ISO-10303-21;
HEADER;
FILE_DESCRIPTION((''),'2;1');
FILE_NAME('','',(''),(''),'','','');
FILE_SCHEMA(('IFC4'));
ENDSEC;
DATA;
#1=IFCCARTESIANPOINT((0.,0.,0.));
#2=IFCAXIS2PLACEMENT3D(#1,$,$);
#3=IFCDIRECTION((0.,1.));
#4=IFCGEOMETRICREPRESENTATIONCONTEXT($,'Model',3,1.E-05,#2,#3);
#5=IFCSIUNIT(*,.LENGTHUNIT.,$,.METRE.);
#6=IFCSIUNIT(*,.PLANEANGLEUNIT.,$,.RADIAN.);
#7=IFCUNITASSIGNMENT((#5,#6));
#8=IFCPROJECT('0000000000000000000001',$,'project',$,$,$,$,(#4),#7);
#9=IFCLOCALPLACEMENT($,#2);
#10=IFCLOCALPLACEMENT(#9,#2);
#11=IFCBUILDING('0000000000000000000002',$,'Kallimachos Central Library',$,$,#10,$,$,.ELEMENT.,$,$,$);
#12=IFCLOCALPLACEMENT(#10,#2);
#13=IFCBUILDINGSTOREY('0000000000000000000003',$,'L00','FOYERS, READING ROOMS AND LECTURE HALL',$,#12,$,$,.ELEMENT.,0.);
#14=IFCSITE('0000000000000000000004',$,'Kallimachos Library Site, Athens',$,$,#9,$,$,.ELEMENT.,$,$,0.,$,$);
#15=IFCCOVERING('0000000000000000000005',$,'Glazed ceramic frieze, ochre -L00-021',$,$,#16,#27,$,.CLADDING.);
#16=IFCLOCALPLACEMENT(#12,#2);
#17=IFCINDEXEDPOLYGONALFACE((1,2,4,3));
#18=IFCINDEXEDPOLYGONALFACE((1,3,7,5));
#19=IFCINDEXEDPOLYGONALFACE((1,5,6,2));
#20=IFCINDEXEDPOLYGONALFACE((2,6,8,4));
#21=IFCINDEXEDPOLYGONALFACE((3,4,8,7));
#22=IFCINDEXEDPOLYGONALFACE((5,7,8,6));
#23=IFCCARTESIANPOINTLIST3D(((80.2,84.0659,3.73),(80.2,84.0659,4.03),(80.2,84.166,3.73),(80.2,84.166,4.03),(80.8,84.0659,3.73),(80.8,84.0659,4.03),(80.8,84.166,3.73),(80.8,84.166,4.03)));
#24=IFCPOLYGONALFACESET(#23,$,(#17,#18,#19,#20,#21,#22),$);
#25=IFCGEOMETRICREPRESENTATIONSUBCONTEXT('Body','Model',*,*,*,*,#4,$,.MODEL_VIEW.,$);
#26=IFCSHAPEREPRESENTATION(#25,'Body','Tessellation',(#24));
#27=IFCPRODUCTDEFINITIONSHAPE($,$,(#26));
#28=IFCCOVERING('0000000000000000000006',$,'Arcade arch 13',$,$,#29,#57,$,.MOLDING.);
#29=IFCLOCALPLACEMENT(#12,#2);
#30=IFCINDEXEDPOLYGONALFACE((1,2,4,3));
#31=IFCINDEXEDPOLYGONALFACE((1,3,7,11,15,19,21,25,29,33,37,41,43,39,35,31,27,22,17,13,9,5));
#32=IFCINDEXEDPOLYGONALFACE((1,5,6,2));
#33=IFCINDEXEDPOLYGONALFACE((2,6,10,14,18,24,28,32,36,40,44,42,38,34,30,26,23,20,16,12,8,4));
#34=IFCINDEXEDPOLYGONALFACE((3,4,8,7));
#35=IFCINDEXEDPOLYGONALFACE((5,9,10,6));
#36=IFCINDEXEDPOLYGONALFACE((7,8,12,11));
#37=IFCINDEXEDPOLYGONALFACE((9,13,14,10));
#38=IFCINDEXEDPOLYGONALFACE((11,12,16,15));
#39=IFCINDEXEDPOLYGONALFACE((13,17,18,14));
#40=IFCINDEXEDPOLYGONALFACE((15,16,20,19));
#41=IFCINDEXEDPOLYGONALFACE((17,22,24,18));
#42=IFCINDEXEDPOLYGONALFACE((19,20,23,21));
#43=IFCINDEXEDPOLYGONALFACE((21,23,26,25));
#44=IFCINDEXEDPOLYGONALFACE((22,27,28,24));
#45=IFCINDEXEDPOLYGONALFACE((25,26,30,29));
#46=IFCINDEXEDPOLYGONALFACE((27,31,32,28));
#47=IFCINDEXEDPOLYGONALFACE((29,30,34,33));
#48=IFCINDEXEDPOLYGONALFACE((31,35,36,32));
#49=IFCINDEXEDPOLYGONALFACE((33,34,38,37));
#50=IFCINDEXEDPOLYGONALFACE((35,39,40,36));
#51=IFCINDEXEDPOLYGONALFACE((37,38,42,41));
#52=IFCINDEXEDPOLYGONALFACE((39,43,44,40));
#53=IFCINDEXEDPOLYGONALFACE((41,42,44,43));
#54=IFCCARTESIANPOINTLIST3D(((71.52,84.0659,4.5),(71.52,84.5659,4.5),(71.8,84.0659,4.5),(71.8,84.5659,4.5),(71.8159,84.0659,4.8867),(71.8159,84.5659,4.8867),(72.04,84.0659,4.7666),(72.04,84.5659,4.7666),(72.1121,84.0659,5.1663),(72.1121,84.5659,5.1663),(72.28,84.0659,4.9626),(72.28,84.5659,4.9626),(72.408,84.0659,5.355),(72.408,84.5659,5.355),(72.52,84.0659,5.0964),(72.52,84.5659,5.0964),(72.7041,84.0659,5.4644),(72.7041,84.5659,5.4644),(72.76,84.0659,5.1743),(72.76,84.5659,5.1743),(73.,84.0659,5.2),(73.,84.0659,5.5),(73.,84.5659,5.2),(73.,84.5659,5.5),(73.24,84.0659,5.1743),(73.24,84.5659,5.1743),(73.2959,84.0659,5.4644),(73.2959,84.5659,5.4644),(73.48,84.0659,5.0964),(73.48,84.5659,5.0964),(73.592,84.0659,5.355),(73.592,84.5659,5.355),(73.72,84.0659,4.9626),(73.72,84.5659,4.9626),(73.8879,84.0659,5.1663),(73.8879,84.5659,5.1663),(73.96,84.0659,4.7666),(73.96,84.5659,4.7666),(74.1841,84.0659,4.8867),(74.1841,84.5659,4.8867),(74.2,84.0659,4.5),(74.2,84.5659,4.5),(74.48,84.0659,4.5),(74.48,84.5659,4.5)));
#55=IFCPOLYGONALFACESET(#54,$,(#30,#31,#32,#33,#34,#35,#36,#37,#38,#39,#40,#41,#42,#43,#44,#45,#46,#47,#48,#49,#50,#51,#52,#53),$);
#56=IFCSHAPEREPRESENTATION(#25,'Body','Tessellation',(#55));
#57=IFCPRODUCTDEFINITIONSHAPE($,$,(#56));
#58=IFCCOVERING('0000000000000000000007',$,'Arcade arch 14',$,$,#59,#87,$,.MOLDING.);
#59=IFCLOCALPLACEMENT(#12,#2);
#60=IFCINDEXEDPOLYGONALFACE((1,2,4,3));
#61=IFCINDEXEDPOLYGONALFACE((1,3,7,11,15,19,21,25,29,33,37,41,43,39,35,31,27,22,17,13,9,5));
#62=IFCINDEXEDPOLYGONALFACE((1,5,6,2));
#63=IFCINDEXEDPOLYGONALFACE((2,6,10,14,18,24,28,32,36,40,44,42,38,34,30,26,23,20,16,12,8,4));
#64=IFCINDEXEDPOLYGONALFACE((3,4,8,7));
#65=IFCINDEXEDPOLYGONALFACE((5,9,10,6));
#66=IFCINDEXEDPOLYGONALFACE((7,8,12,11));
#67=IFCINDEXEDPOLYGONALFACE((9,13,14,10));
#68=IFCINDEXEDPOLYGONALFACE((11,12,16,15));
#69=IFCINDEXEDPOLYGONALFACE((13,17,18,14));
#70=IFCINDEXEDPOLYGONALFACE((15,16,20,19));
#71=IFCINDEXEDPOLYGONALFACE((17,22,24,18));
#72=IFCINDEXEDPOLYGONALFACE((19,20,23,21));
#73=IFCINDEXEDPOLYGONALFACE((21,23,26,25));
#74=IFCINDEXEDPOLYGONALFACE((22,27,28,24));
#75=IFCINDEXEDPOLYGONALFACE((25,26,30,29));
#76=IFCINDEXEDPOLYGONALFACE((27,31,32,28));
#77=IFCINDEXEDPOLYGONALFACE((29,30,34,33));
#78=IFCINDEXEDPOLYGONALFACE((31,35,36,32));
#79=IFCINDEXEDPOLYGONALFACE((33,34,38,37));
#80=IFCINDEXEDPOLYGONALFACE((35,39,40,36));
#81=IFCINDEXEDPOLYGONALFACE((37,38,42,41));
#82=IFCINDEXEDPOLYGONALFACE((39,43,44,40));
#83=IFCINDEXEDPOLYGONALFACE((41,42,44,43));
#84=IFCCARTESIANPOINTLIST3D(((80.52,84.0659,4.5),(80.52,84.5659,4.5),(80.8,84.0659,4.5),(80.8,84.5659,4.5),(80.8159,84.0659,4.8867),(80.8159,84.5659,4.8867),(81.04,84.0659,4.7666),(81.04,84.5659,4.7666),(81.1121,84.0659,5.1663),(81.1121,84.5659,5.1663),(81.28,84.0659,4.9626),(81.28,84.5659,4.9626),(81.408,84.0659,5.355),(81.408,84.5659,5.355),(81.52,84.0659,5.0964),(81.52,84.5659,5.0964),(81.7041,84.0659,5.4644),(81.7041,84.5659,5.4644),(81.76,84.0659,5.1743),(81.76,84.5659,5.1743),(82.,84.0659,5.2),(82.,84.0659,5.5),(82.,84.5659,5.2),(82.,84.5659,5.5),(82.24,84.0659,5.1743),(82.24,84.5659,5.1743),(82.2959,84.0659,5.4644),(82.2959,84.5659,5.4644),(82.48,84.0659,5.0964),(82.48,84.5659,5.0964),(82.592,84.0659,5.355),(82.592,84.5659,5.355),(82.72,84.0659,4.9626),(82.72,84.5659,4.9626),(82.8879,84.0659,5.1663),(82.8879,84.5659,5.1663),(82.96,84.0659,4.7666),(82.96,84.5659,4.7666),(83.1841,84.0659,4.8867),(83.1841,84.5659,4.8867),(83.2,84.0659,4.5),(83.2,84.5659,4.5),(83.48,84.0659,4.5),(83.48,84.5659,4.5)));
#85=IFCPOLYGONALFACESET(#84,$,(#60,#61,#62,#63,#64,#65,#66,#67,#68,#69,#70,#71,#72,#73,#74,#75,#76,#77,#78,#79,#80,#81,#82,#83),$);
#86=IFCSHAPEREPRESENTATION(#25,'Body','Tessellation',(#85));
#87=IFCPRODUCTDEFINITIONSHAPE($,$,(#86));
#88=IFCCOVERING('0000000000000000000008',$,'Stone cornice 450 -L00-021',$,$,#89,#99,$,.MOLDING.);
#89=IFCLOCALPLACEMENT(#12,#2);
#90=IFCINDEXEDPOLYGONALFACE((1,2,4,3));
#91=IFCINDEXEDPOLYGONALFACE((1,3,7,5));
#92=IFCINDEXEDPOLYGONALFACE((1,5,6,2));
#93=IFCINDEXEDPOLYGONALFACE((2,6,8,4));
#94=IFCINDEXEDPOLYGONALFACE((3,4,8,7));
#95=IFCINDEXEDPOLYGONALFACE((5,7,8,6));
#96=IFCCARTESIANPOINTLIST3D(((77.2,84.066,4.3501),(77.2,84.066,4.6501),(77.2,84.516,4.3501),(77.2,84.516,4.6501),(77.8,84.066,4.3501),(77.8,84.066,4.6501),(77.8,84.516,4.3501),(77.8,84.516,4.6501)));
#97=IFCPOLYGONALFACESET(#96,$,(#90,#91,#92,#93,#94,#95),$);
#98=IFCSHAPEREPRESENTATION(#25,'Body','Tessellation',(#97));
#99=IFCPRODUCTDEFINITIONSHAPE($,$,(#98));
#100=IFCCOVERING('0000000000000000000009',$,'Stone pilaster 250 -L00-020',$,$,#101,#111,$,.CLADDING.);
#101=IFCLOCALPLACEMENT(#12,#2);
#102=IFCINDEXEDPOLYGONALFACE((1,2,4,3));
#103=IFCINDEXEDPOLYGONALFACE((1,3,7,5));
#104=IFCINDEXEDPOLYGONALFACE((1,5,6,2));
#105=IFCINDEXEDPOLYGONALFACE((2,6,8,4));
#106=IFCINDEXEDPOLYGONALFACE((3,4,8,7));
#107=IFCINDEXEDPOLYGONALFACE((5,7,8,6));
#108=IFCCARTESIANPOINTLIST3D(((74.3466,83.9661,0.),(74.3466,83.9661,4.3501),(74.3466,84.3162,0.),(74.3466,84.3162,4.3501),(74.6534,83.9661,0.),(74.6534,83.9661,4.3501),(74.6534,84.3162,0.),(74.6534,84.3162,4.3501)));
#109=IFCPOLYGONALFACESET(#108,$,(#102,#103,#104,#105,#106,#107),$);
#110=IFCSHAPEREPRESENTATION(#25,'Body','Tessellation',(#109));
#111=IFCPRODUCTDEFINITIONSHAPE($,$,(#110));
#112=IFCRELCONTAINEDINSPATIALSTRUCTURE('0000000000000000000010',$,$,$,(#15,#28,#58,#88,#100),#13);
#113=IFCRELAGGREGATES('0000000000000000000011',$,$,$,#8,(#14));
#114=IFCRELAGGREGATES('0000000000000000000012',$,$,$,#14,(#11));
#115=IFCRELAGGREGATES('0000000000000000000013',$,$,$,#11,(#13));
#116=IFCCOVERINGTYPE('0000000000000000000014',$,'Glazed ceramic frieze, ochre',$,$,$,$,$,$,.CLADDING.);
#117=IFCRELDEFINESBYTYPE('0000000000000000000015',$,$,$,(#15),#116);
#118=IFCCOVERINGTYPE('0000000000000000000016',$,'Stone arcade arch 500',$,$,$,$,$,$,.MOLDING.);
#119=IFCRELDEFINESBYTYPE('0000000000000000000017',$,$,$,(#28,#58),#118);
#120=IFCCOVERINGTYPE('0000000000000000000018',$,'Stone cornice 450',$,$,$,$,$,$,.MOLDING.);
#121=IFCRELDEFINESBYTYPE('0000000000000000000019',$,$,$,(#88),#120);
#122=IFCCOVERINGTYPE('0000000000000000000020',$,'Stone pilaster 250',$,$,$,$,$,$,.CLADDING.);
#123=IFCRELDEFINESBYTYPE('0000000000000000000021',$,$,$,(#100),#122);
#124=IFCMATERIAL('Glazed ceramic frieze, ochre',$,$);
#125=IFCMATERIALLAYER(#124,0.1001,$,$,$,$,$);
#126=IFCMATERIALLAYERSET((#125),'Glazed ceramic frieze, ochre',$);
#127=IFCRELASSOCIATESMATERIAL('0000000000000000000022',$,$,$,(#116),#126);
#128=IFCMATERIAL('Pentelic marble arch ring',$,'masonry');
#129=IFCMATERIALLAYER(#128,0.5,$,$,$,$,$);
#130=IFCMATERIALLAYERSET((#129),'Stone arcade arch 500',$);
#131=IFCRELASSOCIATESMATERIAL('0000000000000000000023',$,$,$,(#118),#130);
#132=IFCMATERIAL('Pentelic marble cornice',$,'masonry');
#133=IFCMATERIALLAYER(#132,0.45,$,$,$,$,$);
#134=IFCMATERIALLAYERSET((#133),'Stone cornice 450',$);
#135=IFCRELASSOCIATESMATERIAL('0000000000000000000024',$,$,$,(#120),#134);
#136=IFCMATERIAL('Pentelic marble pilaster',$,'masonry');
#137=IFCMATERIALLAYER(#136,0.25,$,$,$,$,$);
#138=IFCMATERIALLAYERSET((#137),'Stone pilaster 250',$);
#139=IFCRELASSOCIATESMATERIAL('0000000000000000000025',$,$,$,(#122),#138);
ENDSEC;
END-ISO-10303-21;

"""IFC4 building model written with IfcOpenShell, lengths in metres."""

from ifc_helpers import new_model, si_unit, direction, frame, origin, origin_2d, place, context, subcontext, project, spatial, polyline, rectangle, outline, extrude, material, layer, layer_set, type_object, element, save


model = new_model("IFC4")

# Units and contexts
model_context = context("Model", 3, precision=1e-05, world=origin(), true_north=direction((0.0, 1.0)))
body_context = subcontext(model_context, "Body", "Model", "MODEL_VIEW")
ifc_project = project(units=[si_unit("LENGTHUNIT", "METRE"), si_unit("PLANEANGLEUNIT", "RADIAN")], contexts=[model_context])

# Site, building, storey
site_placement = place(None, origin())
site = spatial("IfcSite", under=ifc_project, at=site_placement, Name="Kallimachos Library Site, Athens", CompositionType="ELEMENT", RefElevation=0.0)
building_placement = place(site_placement, origin())
building = spatial("IfcBuilding", under=site, at=building_placement, Name="Kallimachos Central Library", CompositionType="ELEMENT")
storey_placement = place(building_placement, origin())
storey = spatial("IfcBuildingStorey", under=building, at=storey_placement, Name="L00", Description="FOYERS, READING ROOMS AND LECTURE HALL", CompositionType="ELEMENT", Elevation=0.0)

# Coverings
ifc_material_1 = material(Name="Glazed ceramic frieze, ochre")
ifc_layer_1 = layer(ifc_material_1, 0.1001)
ifc_layer_set_1 = layer_set([ifc_layer_1], Name="Glazed ceramic frieze, ochre")
covering_type_1 = type_object("IfcCoveringType", Name="Glazed ceramic frieze, ochre", PredefinedType="CLADDING", material=ifc_layer_set_1)
for number, where, z_axis, x_axis, name in (
    (1, (80.5, 84.116, 3.73), (0.0, 0.0, 1.0), (1.0, 0.0, 0.0), "Glazed ceramic frieze, ochre -L00-021"),
):
    element("IfcCovering", number, at=place(storey_placement, frame(where, z_axis=z_axis, x_axis=x_axis)), inside=storey, type_object=covering_type_1, Name=name, PredefinedType="CLADDING", context=body_context, shape_type="SweptSolid", body=[
        extrude(rectangle(XDim=0.6001, YDim=0.1001, at=origin_2d()), origin(), (0.0, 0.0, 1.0), 0.3),
    ])
ifc_material_2 = material(Name="Pentelic marble arch ring", Category="masonry")
ifc_layer_2 = layer(ifc_material_2, 0.5)
ifc_layer_set_2 = layer_set([ifc_layer_2], Name="Stone arcade arch 500")
covering_type_2 = type_object("IfcCoveringType", Name="Stone arcade arch 500", PredefinedType="MOLDING", material=ifc_layer_set_2)
for number, where, z_axis, x_axis, name in (
    (2, (71.52, 84.5659, 4.5), (0.0, 1.0, 0.0), (0.607673, 0.0, 0.794187), "Arcade arch 13"),
    (3, (80.52, 84.5659, 4.5), (0.0, 1.0, 0.0), (0.607673, 0.0, 0.794187), "Arcade arch 14"),
):
    element("IfcCovering", number, at=place(storey_placement, frame(where, z_axis=z_axis, x_axis=x_axis)), inside=storey, type_object=covering_type_2, Name=name, PredefinedType="MOLDING", context=body_context, shape_type="SweptSolid", body=[
        extrude(outline(polyline([(0.0, 0.0), (0.4869, 0.0), (0.8889, 0.0653), (1.2186, 0.1856), (1.4854, 0.3544), (1.6935, 0.5677), (1.845, 0.8244), (1.9381, 1.126), (1.9681, 1.4757), (1.926, 1.8808), (1.7987, 2.3508), (1.7987, 2.3508), (1.6285, 2.1284), (1.6285, 2.1284), (1.6944, 1.7758), (1.7043, 1.466), (1.6647, 1.1941), (1.5807, 0.9562), (1.4552, 0.75), (1.289, 0.575), (1.0814, 0.4317), (0.8293, 0.3225), (0.5277, 0.251), (0.1702, 0.2224), (0.1702, 0.2224), (0.0, 0.0), (0.0, 0.0)])), origin(), (0.0, 0.0, -1.0), 0.5),
    ])
ifc_material_3 = material(Name="Pentelic marble cornice", Category="masonry")
ifc_layer_3 = layer(ifc_material_3, 0.45)
ifc_layer_set_3 = layer_set([ifc_layer_3], Name="Stone cornice 450")
covering_type_3 = type_object("IfcCoveringType", Name="Stone cornice 450", PredefinedType="MOLDING", material=ifc_layer_set_3)
covering_1_placement = place(storey_placement, frame((77.5, 84.291, 4.3501), z_axis=(0.0, 0.0, 1.0), x_axis=(1.0, 0.0, 0.0)))
element("IfcCovering", 4, at=covering_1_placement, inside=storey, type_object=covering_type_3, Name="Stone cornice 450 -L00-021", PredefinedType="MOLDING", context=body_context, shape_type="SweptSolid", body=[
    extrude(rectangle(XDim=0.6001, YDim=0.45, at=origin_2d()), origin(), (0.0, 0.0, 1.0), 0.3),
])
ifc_material_4 = material(Name="Pentelic marble pilaster", Category="masonry")
ifc_layer_4 = layer(ifc_material_4, 0.25)
ifc_layer_set_4 = layer_set([ifc_layer_4], Name="Stone pilaster 250")
covering_type_4 = type_object("IfcCoveringType", Name="Stone pilaster 250", PredefinedType="CLADDING", material=ifc_layer_set_4)
covering_2_placement = place(storey_placement, frame((74.5, 84.1411, 0.0), z_axis=(0.0, 0.0, 1.0), x_axis=(1.0, 0.0, 0.0)))
element("IfcCovering", 5, at=covering_2_placement, inside=storey, type_object=covering_type_4, Name="Stone pilaster 250 -L00-020", PredefinedType="CLADDING", context=body_context, shape_type="SweptSolid", body=[
    extrude(rectangle(XDim=0.3069, YDim=0.3501, at=origin_2d()), origin(), (0.0, 0.0, 1.0), 4.3501),
])

save(model, "model.ifc")
